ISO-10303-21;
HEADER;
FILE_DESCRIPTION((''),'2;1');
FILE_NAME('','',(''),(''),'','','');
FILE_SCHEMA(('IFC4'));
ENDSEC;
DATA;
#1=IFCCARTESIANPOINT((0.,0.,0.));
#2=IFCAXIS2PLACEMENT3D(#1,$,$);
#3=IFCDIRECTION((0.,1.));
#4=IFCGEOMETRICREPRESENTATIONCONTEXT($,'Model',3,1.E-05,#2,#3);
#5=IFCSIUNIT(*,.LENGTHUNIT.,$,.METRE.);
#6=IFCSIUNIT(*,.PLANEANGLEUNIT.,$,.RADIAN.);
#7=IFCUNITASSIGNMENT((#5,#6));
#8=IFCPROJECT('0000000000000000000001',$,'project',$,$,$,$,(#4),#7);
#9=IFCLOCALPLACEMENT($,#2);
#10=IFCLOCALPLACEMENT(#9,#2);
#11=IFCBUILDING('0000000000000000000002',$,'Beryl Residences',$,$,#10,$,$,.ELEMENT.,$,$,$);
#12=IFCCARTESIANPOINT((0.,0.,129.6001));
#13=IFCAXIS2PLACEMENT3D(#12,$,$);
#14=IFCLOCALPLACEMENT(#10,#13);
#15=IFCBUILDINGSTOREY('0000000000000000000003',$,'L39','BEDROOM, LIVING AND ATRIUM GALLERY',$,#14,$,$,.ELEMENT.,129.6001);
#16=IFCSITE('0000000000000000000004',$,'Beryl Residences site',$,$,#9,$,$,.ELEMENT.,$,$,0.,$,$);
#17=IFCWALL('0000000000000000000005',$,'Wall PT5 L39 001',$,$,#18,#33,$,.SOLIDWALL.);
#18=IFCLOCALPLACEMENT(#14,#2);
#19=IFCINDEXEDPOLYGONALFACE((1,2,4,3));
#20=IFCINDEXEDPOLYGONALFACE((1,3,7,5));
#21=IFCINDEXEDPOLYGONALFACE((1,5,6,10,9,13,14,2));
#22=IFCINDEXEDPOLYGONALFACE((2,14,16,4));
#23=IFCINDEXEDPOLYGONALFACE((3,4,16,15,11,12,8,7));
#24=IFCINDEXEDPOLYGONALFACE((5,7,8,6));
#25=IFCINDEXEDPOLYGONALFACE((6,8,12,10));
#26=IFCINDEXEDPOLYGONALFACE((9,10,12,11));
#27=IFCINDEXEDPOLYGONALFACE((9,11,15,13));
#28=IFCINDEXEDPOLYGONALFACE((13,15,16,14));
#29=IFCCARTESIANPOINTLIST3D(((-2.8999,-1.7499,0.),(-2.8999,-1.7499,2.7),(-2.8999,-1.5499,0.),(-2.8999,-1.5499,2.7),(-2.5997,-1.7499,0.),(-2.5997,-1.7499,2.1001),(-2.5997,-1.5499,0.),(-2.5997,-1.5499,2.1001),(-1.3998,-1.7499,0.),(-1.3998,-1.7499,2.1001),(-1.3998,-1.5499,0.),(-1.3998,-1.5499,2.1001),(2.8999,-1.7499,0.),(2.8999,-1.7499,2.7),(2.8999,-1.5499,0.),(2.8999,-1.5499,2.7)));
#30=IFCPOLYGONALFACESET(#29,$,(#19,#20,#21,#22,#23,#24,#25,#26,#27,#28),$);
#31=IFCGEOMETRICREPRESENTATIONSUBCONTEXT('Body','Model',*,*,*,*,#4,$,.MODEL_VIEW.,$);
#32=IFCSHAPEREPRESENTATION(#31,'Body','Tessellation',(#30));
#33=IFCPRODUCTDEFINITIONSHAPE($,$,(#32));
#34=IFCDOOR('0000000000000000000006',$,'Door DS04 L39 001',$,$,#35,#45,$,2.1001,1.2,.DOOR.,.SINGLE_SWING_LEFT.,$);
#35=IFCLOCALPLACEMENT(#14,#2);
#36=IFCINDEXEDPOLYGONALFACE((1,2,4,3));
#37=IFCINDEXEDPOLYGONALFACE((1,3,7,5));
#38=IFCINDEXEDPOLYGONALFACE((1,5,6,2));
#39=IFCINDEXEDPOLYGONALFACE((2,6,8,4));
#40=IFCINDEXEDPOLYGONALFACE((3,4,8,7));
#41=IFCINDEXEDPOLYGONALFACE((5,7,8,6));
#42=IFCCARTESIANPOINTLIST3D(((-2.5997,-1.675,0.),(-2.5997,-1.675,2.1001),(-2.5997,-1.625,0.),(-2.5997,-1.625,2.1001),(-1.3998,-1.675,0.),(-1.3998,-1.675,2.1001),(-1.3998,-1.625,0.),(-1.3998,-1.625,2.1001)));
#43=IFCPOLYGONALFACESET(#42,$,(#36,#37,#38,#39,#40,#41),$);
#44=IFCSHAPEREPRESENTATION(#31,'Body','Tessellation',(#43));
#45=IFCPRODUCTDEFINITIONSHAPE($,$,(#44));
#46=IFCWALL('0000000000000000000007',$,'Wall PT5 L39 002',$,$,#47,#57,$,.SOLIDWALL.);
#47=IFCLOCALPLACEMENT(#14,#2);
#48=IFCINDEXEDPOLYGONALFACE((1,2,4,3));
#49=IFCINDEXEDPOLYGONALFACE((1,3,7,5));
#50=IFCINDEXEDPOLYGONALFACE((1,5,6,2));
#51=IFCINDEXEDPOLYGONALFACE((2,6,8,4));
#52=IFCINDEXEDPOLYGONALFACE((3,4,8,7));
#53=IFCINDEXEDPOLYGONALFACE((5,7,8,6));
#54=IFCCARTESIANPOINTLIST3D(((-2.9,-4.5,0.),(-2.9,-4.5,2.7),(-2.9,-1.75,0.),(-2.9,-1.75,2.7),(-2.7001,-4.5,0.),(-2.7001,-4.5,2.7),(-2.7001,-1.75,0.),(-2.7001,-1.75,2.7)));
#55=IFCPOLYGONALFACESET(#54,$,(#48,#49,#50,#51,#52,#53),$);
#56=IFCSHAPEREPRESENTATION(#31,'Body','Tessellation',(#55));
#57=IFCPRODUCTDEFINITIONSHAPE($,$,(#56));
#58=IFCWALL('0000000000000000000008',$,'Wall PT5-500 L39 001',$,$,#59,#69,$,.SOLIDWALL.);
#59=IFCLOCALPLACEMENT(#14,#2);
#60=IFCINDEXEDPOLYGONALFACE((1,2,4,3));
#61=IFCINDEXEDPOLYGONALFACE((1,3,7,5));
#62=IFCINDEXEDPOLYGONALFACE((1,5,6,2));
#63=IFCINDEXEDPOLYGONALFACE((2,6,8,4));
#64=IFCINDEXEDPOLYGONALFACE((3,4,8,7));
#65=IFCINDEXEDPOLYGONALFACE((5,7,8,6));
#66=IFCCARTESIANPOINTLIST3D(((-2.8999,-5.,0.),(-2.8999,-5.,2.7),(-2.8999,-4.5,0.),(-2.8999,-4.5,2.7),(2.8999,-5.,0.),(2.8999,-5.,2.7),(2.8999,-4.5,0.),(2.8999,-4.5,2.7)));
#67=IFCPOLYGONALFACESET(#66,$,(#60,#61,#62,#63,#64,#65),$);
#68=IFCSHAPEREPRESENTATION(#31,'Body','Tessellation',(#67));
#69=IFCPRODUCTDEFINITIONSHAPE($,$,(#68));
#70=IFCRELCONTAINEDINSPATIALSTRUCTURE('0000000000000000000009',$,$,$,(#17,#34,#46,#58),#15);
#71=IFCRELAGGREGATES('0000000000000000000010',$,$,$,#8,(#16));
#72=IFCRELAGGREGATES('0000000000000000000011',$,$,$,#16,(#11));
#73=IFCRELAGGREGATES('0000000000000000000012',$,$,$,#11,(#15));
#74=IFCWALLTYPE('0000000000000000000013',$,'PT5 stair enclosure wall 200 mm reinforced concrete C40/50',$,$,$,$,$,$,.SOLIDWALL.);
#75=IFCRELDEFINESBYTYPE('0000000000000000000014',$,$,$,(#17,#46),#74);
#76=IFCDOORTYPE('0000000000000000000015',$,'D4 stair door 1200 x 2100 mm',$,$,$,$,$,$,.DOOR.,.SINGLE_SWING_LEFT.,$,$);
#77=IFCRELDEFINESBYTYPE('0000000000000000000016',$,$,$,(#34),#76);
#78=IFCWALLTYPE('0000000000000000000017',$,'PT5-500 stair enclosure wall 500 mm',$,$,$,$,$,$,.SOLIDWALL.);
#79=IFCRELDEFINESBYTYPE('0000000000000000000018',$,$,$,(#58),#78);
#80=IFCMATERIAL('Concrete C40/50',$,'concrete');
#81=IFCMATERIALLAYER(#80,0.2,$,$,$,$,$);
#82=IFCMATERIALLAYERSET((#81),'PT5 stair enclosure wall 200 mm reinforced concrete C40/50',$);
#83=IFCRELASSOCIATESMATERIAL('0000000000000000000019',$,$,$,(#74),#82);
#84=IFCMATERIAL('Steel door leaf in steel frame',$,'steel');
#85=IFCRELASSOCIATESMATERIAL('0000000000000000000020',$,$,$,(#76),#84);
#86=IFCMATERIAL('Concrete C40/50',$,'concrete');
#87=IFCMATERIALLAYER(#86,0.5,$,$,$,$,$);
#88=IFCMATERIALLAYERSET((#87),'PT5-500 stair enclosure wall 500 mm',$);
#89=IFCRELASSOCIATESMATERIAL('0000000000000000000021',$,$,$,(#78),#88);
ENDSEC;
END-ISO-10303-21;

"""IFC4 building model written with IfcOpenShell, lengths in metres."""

from ifc_helpers import new_model, si_unit, direction, frame, frame_2d, origin, place, context, subcontext, project, spatial, rectangle, extrude, material, layer, layer_set, type_object, element, fill, save


model = new_model("IFC4")

# Units and contexts
model_context = context("Model", 3, precision=1e-05, world=origin(), true_north=direction((0.0, 1.0)))
body_context = subcontext(model_context, "Body", "Model", "MODEL_VIEW")
ifc_project = project(units=[si_unit("LENGTHUNIT", "METRE"), si_unit("PLANEANGLEUNIT", "RADIAN")], contexts=[model_context])

# Site, building, storey
site_placement = place(None, origin())
site = spatial("IfcSite", under=ifc_project, at=site_placement, Name="Beryl Residences site", CompositionType="ELEMENT", RefElevation=0.0)
building_placement = place(site_placement, origin())
building = spatial("IfcBuilding", under=site, at=building_placement, Name="Beryl Residences", CompositionType="ELEMENT")
storey_placement = place(building_placement, frame((0.0, 0.0, 129.6001)))
storey = spatial("IfcBuildingStorey", under=building, at=storey_placement, Name="L39", Description="BEDROOM, LIVING AND ATRIUM GALLERY", CompositionType="ELEMENT", Elevation=129.6001)

# Wall, opening, door
ifc_material_1 = material(Name="Concrete C40/50", Category="concrete")
ifc_layer_1 = layer(ifc_material_1, 0.2)
ifc_layer_set_1 = layer_set([ifc_layer_1], Name="PT5 stair enclosure wall 200 mm reinforced concrete C40/50")
wall_type_1 = type_object("IfcWallType", Name="PT5 stair enclosure wall 200 mm reinforced concrete C40/50", PredefinedType="SOLIDWALL", material=ifc_layer_set_1)
wall_1_placement = place(storey_placement, frame((-2.8999, -1.6499, 0.0), z_axis=(0.0, 0.0, 1.0), x_axis=(1.0, 0.0, 0.0)))
wall_1 = element("IfcWall", 1, at=wall_1_placement, inside=storey, type_object=wall_type_1, Name="Wall PT5 L39 001", PredefinedType="SOLIDWALL", context=body_context, shape_type="SweptSolid", body=[
    extrude(rectangle(XDim=5.7998, YDim=0.2, at=frame_2d((2.8999, 0.0))), origin(), (0.0, 0.0, 1.0), 2.7),
])
opening_1_placement = place(wall_1_placement, frame((0.3, 0.0, 0.0)))
opening_1 = element("IfcOpeningElement", 2, at=opening_1_placement, cuts=wall_1, PredefinedType="OPENING", context=body_context, shape_type="SweptSolid", body=[
    extrude(rectangle(XDim=1.2, YDim=2.1001, at=frame_2d((0.6001, 1.05))), frame((0.0, 0.1099, 0.0), z_axis=(0.0, -1.0, 0.0), x_axis=(1.0, 0.0, 0.0)), (0.0, 0.0, 1.0), 0.22),
])
ifc_material_2 = material(Name="Steel door leaf in steel frame", Category="steel")
door_type_1 = type_object("IfcDoorType", Name="D4 stair door 1200 x 2100 mm", OperationType="SINGLE_SWING_LEFT", PredefinedType="DOOR", material=ifc_material_2)
door_1_placement = place(opening_1_placement, origin())
door_1 = element("IfcDoor", 3, at=door_1_placement, inside=storey, type_object=door_type_1, Name="Door DS04 L39 001", OperationType="SINGLE_SWING_LEFT", OverallHeight=2.1001, OverallWidth=1.2, PredefinedType="DOOR", context=body_context, shape_type="SweptSolid", body=[
    extrude(rectangle(XDim=1.2, YDim=2.1001, at=frame_2d((0.6001, 1.05))), frame((0.0, 0.0249, 0.0), z_axis=(0.0, -1.0, 0.0), x_axis=(1.0, 0.0, 0.0)), (0.0, 0.0, 1.0), 0.05),
])
fill(opening_1, door_1)

# Walls
wall_2_placement = place(storey_placement, frame((-2.8, -4.5, 0.0), z_axis=(0.0, 0.0, 1.0), x_axis=(0.0, 1.0, 0.0)))
element("IfcWall", 4, at=wall_2_placement, inside=storey, type_object=wall_type_1, Name="Wall PT5 L39 002", PredefinedType="SOLIDWALL", context=body_context, shape_type="SweptSolid", body=[
    extrude(rectangle(XDim=2.75, YDim=0.2, at=frame_2d((1.375, 0.0))), origin(), (0.0, 0.0, 1.0), 2.7),
])
ifc_material_3 = material(Name="Concrete C40/50", Category="concrete")
ifc_layer_2 = layer(ifc_material_3, 0.5)
ifc_layer_set_2 = layer_set([ifc_layer_2], Name="PT5-500 stair enclosure wall 500 mm")
wall_type_2 = type_object("IfcWallType", Name="PT5-500 stair enclosure wall 500 mm", PredefinedType="SOLIDWALL", material=ifc_layer_set_2)
wall_3_placement = place(storey_placement, frame((-2.8999, -4.75, 0.0), z_axis=(0.0, 0.0, 1.0), x_axis=(1.0, 0.0, 0.0)))
element("IfcWall", 5, at=wall_3_placement, inside=storey, type_object=wall_type_2, Name="Wall PT5-500 L39 001", PredefinedType="SOLIDWALL", context=body_context, shape_type="SweptSolid", body=[
    extrude(rectangle(XDim=5.7998, YDim=0.5, at=frame_2d((2.8999, 0.0))), origin(), (0.0, 0.0, 1.0), 2.7),
])

save(model, "model.ifc")
